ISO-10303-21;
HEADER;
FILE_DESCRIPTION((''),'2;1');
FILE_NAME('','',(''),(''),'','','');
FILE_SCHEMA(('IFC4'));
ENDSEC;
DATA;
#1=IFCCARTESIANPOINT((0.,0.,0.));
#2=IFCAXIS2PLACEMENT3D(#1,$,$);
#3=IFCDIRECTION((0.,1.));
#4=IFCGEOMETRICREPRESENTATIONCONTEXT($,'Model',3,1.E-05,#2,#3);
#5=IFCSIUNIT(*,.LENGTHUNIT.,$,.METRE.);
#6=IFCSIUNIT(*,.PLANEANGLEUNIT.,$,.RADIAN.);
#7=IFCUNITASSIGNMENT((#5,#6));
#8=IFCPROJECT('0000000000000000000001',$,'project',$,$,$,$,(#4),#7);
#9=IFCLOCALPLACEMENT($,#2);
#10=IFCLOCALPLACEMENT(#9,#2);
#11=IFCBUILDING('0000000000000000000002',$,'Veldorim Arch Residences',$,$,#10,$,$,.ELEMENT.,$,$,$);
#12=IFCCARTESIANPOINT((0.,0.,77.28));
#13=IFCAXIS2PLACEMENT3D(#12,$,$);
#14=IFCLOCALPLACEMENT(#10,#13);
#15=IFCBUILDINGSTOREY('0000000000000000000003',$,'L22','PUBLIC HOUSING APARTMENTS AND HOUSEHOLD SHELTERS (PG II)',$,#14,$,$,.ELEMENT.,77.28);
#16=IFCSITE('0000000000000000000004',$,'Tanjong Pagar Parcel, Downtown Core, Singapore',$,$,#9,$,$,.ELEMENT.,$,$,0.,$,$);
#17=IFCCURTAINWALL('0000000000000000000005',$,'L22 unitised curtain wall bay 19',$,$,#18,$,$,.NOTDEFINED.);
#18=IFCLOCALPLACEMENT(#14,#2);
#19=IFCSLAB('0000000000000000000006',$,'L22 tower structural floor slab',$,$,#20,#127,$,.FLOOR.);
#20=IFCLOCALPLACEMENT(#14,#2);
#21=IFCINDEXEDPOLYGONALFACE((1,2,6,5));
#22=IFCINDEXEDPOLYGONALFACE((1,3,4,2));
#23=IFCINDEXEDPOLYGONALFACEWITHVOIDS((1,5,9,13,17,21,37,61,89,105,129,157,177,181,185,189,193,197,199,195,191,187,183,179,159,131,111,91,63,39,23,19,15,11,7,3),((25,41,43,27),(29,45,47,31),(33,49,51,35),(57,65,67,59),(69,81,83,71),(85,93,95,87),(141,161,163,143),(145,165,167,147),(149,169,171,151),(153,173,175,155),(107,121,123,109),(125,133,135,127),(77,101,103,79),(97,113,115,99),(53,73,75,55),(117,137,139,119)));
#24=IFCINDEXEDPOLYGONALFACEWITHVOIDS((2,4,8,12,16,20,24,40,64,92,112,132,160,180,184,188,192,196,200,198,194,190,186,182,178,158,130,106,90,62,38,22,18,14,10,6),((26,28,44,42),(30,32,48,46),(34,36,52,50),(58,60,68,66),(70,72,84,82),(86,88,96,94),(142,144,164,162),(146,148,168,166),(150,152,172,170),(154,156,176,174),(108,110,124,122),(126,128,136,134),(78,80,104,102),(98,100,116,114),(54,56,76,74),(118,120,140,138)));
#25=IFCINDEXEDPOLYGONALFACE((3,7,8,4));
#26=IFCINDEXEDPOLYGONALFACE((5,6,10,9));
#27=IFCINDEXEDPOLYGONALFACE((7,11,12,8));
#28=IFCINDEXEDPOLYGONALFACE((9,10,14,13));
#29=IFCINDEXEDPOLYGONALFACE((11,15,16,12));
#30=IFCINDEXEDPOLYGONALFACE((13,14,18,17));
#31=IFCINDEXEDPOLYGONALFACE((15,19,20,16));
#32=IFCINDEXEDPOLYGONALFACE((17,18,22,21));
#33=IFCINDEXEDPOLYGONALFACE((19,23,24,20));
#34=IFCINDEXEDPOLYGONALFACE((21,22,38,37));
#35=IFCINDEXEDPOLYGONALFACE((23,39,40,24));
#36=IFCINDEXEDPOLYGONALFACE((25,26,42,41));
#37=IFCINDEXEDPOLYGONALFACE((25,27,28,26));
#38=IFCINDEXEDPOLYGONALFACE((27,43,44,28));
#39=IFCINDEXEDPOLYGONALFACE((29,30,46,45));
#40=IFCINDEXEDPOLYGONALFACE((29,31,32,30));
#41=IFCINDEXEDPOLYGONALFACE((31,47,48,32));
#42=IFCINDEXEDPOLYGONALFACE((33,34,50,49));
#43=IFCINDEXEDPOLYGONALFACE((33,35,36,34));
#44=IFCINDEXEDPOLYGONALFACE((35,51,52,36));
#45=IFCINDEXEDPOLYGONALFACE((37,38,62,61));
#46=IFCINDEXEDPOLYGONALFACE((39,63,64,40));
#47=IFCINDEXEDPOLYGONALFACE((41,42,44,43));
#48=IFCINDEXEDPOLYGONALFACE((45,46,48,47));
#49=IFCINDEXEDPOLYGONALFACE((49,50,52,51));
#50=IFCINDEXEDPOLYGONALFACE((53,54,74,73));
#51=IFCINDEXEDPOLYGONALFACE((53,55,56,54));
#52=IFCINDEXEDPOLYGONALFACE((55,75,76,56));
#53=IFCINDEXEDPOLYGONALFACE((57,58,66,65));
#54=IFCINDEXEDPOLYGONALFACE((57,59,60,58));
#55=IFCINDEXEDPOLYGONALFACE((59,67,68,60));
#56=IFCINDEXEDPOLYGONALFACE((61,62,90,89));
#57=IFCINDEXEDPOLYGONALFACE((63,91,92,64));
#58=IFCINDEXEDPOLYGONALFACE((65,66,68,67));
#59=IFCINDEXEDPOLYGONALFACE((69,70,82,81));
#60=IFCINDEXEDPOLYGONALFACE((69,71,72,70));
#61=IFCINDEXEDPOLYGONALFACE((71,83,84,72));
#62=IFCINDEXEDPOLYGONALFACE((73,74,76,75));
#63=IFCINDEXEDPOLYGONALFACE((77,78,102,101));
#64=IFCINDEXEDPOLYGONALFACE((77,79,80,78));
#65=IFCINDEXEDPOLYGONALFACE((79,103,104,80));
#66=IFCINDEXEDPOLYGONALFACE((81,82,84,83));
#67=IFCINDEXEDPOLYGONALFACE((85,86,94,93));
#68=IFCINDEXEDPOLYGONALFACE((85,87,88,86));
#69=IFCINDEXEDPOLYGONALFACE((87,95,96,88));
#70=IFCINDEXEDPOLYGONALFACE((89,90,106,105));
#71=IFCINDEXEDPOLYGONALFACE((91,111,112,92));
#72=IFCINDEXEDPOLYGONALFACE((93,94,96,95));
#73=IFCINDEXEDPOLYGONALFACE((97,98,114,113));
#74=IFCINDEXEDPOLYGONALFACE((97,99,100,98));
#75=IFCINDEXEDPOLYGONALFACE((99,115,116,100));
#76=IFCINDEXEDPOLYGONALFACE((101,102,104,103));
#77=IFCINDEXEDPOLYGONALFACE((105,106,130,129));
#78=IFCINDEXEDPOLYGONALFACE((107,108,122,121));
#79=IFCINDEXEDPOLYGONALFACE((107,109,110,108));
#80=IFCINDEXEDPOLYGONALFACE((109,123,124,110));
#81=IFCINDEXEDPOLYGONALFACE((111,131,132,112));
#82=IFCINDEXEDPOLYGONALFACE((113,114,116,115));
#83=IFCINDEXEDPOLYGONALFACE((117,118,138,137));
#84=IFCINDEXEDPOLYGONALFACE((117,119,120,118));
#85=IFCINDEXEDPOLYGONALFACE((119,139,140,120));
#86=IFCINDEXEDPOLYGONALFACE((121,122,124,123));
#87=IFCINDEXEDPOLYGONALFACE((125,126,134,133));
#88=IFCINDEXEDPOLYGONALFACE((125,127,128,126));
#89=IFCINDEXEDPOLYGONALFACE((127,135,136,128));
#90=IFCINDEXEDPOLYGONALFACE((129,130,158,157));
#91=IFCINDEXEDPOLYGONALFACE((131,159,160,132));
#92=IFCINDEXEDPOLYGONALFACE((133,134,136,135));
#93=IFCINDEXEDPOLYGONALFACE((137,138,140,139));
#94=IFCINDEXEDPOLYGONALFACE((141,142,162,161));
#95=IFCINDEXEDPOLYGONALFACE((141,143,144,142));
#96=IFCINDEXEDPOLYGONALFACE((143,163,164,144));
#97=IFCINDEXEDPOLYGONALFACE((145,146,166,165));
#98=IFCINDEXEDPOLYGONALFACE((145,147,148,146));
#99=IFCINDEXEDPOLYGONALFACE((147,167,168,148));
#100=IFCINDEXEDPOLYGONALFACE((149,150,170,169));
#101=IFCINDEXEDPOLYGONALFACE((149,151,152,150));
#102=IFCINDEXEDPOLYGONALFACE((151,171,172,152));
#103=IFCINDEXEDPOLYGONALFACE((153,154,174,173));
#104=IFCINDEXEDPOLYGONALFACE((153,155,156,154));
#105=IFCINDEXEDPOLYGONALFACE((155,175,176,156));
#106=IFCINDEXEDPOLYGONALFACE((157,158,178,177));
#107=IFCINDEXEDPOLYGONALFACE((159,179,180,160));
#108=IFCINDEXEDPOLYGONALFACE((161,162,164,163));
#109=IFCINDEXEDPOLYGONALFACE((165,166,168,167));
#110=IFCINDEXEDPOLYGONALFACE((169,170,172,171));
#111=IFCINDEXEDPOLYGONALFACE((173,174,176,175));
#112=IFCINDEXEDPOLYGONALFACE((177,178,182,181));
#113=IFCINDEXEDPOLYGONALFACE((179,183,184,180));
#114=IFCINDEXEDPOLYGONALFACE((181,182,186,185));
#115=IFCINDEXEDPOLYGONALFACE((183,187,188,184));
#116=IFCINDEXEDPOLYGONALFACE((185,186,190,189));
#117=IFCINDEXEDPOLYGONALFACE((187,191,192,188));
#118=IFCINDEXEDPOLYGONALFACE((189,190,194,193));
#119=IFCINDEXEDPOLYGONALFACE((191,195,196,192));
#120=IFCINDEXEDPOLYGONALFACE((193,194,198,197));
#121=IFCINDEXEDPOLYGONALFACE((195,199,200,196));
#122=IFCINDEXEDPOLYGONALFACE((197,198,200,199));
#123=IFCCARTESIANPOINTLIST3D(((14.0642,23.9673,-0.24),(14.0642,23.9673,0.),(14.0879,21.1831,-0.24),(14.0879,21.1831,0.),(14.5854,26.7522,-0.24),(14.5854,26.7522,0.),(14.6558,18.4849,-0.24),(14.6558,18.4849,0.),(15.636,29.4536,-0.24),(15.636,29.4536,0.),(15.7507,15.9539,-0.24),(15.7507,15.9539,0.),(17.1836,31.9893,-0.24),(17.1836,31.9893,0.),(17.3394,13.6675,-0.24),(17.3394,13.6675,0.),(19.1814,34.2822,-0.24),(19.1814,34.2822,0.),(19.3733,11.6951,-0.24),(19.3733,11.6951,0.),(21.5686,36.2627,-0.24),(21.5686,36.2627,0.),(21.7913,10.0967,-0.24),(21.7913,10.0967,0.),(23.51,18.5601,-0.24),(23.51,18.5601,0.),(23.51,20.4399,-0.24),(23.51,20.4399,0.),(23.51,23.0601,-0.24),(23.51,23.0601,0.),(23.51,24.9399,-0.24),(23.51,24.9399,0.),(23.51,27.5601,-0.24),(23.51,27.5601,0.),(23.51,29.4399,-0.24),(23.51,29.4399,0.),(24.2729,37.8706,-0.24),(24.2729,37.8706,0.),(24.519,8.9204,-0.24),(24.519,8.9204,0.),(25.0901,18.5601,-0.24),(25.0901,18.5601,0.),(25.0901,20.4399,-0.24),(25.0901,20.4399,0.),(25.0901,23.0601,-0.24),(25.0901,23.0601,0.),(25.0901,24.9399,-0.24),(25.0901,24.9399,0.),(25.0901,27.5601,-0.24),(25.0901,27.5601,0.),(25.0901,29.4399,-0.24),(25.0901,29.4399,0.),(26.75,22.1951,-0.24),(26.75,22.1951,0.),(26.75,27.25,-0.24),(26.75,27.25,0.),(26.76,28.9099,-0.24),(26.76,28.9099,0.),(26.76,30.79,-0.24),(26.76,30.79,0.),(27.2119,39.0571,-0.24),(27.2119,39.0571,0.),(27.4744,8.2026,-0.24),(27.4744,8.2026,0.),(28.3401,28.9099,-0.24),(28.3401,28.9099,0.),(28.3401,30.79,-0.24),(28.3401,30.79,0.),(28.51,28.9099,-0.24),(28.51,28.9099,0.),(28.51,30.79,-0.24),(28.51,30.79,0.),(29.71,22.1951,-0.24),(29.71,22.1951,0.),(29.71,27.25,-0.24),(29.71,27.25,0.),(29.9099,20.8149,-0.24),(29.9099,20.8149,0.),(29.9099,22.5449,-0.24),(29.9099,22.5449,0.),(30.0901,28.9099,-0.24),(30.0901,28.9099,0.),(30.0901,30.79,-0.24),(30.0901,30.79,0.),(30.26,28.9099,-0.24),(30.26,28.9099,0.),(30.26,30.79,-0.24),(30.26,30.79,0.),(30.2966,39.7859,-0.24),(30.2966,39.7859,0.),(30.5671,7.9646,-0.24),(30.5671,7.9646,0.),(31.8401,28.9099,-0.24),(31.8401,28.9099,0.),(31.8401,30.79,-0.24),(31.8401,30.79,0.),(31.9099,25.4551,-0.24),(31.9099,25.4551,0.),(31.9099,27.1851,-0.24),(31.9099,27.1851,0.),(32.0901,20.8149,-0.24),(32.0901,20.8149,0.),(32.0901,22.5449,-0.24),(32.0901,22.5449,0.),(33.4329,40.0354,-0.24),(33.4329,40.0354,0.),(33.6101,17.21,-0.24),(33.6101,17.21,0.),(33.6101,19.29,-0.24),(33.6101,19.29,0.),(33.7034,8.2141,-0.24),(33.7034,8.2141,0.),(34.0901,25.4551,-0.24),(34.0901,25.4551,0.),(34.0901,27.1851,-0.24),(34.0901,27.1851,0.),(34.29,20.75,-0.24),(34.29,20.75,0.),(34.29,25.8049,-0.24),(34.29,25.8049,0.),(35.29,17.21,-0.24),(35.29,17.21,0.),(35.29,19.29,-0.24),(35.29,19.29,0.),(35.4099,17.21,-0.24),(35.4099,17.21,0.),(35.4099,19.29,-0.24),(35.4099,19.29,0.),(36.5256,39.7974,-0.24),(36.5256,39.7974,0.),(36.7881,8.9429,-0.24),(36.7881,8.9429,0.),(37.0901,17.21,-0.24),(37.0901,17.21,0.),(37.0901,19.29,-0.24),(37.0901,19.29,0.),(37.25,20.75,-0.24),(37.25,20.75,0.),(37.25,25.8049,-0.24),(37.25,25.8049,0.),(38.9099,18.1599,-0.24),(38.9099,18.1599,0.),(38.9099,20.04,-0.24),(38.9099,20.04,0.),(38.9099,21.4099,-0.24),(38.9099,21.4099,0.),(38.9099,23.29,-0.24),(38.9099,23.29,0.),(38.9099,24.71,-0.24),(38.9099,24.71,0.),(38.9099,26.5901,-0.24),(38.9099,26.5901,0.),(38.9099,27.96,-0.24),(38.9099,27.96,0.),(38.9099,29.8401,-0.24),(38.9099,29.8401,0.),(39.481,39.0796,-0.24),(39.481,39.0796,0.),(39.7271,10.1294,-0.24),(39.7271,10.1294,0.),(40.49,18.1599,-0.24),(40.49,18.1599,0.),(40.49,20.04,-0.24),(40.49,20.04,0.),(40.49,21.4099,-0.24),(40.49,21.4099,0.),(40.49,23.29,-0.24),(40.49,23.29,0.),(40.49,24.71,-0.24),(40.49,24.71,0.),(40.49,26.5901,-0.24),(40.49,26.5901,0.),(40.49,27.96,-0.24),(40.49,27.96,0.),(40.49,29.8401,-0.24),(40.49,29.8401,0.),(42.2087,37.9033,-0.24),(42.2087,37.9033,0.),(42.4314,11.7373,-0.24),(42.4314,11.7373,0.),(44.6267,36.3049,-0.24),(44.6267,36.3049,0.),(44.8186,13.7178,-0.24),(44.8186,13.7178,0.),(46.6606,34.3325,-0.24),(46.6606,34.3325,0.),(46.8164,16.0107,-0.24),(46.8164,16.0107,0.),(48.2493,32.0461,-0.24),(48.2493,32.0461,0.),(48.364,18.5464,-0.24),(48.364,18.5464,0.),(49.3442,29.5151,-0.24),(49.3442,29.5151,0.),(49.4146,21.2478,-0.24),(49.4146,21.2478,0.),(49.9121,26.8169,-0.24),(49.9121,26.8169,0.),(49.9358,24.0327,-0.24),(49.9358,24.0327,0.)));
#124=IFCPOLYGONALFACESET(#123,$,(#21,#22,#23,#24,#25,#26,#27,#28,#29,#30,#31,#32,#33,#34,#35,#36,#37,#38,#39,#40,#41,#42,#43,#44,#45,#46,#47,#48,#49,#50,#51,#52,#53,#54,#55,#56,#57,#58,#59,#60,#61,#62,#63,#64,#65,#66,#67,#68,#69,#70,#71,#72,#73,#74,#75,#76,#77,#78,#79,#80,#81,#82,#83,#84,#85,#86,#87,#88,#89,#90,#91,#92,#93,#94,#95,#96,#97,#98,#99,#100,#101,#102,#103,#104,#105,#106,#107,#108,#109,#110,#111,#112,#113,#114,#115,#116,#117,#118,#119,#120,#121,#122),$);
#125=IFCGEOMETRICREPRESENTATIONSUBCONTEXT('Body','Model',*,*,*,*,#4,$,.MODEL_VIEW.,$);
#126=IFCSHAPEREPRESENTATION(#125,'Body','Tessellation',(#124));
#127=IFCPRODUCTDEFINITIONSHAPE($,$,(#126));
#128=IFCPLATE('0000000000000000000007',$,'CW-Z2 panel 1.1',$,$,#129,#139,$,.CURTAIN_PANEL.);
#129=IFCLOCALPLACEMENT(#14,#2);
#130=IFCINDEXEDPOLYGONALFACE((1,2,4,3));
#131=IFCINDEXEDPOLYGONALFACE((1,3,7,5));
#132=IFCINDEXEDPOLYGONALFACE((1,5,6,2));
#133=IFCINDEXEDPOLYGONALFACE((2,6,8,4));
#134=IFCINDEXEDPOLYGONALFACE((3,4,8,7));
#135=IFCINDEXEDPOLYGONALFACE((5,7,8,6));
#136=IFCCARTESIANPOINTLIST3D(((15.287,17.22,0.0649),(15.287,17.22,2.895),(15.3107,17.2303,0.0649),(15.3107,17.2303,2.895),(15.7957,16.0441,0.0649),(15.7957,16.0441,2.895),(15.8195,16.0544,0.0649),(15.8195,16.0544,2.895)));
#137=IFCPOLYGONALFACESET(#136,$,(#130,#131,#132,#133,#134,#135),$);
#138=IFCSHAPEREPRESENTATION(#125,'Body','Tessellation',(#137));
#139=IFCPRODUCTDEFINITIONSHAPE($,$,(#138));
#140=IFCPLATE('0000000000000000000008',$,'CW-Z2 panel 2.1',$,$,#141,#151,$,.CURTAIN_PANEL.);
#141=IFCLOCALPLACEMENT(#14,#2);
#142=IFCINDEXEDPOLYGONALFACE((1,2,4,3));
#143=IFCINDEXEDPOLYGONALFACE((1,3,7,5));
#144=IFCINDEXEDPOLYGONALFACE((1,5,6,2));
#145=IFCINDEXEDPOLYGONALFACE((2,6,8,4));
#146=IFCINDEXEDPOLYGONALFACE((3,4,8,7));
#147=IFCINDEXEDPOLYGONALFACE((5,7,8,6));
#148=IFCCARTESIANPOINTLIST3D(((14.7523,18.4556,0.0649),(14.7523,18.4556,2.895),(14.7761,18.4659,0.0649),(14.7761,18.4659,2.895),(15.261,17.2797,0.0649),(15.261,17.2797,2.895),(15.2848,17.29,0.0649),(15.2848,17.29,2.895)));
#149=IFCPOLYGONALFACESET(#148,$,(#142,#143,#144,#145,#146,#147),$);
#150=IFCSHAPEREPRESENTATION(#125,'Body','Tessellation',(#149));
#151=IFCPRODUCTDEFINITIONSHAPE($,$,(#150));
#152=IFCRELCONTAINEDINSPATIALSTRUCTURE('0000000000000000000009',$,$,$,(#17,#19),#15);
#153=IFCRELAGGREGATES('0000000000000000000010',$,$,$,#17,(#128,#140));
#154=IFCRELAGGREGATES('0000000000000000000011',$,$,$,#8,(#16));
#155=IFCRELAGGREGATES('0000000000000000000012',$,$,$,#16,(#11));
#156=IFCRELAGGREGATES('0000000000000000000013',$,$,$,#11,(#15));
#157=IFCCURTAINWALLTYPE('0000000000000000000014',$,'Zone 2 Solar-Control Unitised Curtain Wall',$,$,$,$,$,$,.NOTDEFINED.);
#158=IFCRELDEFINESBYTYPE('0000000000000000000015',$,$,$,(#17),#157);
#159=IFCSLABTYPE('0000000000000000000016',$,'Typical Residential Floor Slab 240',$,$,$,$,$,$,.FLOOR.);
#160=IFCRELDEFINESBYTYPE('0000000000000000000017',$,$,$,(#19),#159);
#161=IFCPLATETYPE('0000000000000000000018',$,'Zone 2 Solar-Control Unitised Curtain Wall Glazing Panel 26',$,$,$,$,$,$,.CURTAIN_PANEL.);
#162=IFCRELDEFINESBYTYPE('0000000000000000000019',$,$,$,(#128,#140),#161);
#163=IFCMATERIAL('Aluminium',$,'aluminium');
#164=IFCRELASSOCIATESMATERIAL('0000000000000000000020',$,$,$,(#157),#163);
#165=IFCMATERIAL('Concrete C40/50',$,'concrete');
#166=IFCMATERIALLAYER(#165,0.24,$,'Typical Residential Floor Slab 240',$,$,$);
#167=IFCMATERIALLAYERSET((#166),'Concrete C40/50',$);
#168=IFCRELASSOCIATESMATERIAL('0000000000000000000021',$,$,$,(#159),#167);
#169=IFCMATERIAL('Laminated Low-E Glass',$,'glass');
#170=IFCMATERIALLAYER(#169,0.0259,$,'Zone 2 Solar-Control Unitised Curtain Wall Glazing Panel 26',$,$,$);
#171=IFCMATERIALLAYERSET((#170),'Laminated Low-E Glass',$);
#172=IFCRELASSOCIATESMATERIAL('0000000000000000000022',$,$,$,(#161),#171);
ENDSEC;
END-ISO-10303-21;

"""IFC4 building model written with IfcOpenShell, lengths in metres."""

from ifc_helpers import new_model, si_unit, direction, frame, origin, origin_2d, place, context, subcontext, project, spatial, polyline, rectangle, outline, extrude, material, layer, layer_set, type_object, element, aggregate, save


model = new_model("IFC4")

# Units and contexts
model_context = context("Model", 3, precision=1e-05, world=origin(), true_north=direction((0.0, 1.0)))
body_context = subcontext(model_context, "Body", "Model", "MODEL_VIEW")
ifc_project = project(units=[si_unit("LENGTHUNIT", "METRE"), si_unit("PLANEANGLEUNIT", "RADIAN")], contexts=[model_context])

# Site, building, storey
site_placement = place(None, origin())
site = spatial("IfcSite", under=ifc_project, at=site_placement, Name="Tanjong Pagar Parcel, Downtown Core, Singapore", CompositionType="ELEMENT", RefElevation=0.0)
building_placement = place(site_placement, origin())
building = spatial("IfcBuilding", under=site, at=building_placement, Name="Veldorim Arch Residences", CompositionType="ELEMENT")
storey_placement = place(building_placement, frame((0.0, 0.0, 77.28)))
storey = spatial("IfcBuildingStorey", under=building, at=storey_placement, Name="L22", Description="PUBLIC HOUSING APARTMENTS AND HOUSEHOLD SHELTERS (PG II)", CompositionType="ELEMENT", Elevation=77.28)

# Curtain wall
ifc_material_1 = material(Name="Aluminium", Category="aluminium")
curtain_wall_type = type_object("IfcCurtainWallType", Name="Zone 2 Solar-Control Unitised Curtain Wall", PredefinedType="NOTDEFINED", material=ifc_material_1)
curtain_wall_placement = place(storey_placement, origin())
curtain_wall = element("IfcCurtainWall", 1, at=curtain_wall_placement, inside=storey, type_object=curtain_wall_type, Name="L22 unitised curtain wall bay 19", PredefinedType="NOTDEFINED")

# Slab
ifc_material_2 = material(Name="Concrete C40/50", Category="concrete")
ifc_layer_1 = layer(ifc_material_2, 0.24, Name="Typical Residential Floor Slab 240")
ifc_layer_set_1 = layer_set([ifc_layer_1], Name="Concrete C40/50")
slab_type_1 = type_object("IfcSlabType", Name="Typical Residential Floor Slab 240", PredefinedType="FLOOR", material=ifc_layer_set_1)
slab_1_placement = place(storey_placement, frame((0.0, 0.0, -0.24)))
element("IfcSlab", 2, at=slab_1_placement, inside=storey, type_object=slab_type_1, Name="L22 tower structural floor slab", PredefinedType="FLOOR", context=body_context, shape_type="SweptSolid", body=[
    extrude(outline(polyline([(49.3442, 29.5151), (48.2493, 32.0461), (46.6606, 34.3325), (44.6267, 36.3049), (42.2087, 37.9033), (39.481, 39.0796), (36.5256, 39.7974), (33.4329, 40.0354), (30.2966, 39.7859), (27.2119, 39.0571), (24.2729, 37.8706), (21.5686, 36.2627), (19.1814, 34.2822), (17.1836, 31.9893), (15.636, 29.4536), (14.5854, 26.7522), (14.0642, 23.9673), (14.0879, 21.1831), (14.6558, 18.4849), (15.7507, 15.9539), (17.3394, 13.6675), (19.3733, 11.6951), (21.7913, 10.0967), (24.519, 8.9204), (27.4744, 8.2026), (30.5671, 7.9646), (33.7034, 8.2141), (36.7881, 8.9429), (39.7271, 10.1294), (42.4314, 11.7373), (44.8186, 13.7178), (46.8164, 16.0107), (48.364, 18.5464), (49.4146, 21.2478), (49.9358, 24.0327), (49.9121, 26.8169), (49.3442, 29.5151)]), holes=[polyline([(23.51, 20.4399), (25.0901, 20.4399), (25.0901, 18.5601), (23.51, 18.5601), (23.51, 20.4399)]), polyline([(29.9099, 22.5449), (32.0901, 22.5449), (32.0901, 20.8149), (29.9099, 20.8149), (29.9099, 22.5449)]), polyline([(23.51, 24.9399), (25.0901, 24.9399), (25.0901, 23.0601), (23.51, 23.0601), (23.51, 24.9399)]), polyline([(26.75, 27.25), (29.71, 27.25), (29.71, 22.1951), (26.75, 22.1951), (26.75, 27.25)]), polyline([(23.51, 29.4399), (25.0901, 29.4399), (25.0901, 27.5601), (23.51, 27.5601), (23.51, 29.4399)]), polyline([(26.76, 30.79), (28.3401, 30.79), (28.3401, 28.9099), (26.76, 28.9099), (26.76, 30.79)]), polyline([(28.51, 30.79), (30.0901, 30.79), (30.0901, 28.9099), (28.51, 28.9099), (28.51, 30.79)]), polyline([(30.26, 30.79), (31.8401, 30.79), (31.8401, 28.9099), (30.26, 28.9099), (30.26, 30.79)]), polyline([(33.6101, 19.29), (35.29, 19.29), (35.29, 17.21), (33.6101, 17.21), (33.6101, 19.29)]), polyline([(35.4099, 19.29), (37.0901, 19.29), (37.0901, 17.21), (35.4099, 17.21), (35.4099, 19.29)]), polyline([(38.9099, 20.04), (40.49, 20.04), (40.49, 18.1599), (38.9099, 18.1599), (38.9099, 20.04)]), polyline([(38.9099, 23.29), (40.49, 23.29), (40.49, 21.4099), (38.9099, 21.4099), (38.9099, 23.29)]), polyline([(34.29, 25.8049), (37.25, 25.8049), (37.25, 20.75), (34.29, 20.75), (34.29, 25.8049)]), polyline([(38.9099, 26.5901), (40.49, 26.5901), (40.49, 24.71), (38.9099, 24.71), (38.9099, 26.5901)]), polyline([(31.9099, 27.1851), (34.0901, 27.1851), (34.0901, 25.4551), (31.9099, 25.4551), (31.9099, 27.1851)]), polyline([(38.9099, 29.8401), (40.49, 29.8401), (40.49, 27.96), (38.9099, 27.96), (38.9099, 29.8401)])]), origin(), (0.0, 0.0, 1.0), 0.24),
])

# Plates
ifc_material_3 = material(Name="Laminated Low-E Glass", Category="glass")
ifc_layer_2 = layer(ifc_material_3, 0.0259, Name="Zone 2 Solar-Control Unitised Curtain Wall Glazing Panel 26")
ifc_layer_set_2 = layer_set([ifc_layer_2], Name="Laminated Low-E Glass")
plate_type = type_object("IfcPlateType", Name="Zone 2 Solar-Control Unitised Curtain Wall Glazing Panel 26", PredefinedType="CURTAIN_PANEL", material=ifc_layer_set_2)
plate_1_placement = place(storey_placement, frame((15.5532, 16.6372, 0.0649), z_axis=(0.0, 0.0, 1.0), x_axis=(-0.397051, 0.917797, 0.0)))
plate_1 = element("IfcPlate", 3, at=plate_1_placement, type_object=plate_type, Name="CW-Z2 panel 1.1", PredefinedType="CURTAIN_PANEL", context=body_context, shape_type="SweptSolid", body=[
    extrude(rectangle(XDim=1.2812, YDim=0.0259, at=origin_2d()), origin(), (0.0, 0.0, 1.0), 2.8301),
])
plate_2_placement = place(storey_placement, frame((15.0186, 17.8728, 0.0649), z_axis=(0.0, 0.0, 1.0), x_axis=(-0.397051, 0.917797, 0.0)))
plate_2 = element("IfcPlate", 4, at=plate_2_placement, type_object=plate_type, Name="CW-Z2 panel 2.1", PredefinedType="CURTAIN_PANEL", context=body_context, shape_type="SweptSolid", body=[
    extrude(rectangle(XDim=1.2812, YDim=0.0259, at=origin_2d()), origin(), (0.0, 0.0, 1.0), 2.8301),
])
aggregate(curtain_wall, [plate_1, plate_2])

save(model, "model.ifc")
